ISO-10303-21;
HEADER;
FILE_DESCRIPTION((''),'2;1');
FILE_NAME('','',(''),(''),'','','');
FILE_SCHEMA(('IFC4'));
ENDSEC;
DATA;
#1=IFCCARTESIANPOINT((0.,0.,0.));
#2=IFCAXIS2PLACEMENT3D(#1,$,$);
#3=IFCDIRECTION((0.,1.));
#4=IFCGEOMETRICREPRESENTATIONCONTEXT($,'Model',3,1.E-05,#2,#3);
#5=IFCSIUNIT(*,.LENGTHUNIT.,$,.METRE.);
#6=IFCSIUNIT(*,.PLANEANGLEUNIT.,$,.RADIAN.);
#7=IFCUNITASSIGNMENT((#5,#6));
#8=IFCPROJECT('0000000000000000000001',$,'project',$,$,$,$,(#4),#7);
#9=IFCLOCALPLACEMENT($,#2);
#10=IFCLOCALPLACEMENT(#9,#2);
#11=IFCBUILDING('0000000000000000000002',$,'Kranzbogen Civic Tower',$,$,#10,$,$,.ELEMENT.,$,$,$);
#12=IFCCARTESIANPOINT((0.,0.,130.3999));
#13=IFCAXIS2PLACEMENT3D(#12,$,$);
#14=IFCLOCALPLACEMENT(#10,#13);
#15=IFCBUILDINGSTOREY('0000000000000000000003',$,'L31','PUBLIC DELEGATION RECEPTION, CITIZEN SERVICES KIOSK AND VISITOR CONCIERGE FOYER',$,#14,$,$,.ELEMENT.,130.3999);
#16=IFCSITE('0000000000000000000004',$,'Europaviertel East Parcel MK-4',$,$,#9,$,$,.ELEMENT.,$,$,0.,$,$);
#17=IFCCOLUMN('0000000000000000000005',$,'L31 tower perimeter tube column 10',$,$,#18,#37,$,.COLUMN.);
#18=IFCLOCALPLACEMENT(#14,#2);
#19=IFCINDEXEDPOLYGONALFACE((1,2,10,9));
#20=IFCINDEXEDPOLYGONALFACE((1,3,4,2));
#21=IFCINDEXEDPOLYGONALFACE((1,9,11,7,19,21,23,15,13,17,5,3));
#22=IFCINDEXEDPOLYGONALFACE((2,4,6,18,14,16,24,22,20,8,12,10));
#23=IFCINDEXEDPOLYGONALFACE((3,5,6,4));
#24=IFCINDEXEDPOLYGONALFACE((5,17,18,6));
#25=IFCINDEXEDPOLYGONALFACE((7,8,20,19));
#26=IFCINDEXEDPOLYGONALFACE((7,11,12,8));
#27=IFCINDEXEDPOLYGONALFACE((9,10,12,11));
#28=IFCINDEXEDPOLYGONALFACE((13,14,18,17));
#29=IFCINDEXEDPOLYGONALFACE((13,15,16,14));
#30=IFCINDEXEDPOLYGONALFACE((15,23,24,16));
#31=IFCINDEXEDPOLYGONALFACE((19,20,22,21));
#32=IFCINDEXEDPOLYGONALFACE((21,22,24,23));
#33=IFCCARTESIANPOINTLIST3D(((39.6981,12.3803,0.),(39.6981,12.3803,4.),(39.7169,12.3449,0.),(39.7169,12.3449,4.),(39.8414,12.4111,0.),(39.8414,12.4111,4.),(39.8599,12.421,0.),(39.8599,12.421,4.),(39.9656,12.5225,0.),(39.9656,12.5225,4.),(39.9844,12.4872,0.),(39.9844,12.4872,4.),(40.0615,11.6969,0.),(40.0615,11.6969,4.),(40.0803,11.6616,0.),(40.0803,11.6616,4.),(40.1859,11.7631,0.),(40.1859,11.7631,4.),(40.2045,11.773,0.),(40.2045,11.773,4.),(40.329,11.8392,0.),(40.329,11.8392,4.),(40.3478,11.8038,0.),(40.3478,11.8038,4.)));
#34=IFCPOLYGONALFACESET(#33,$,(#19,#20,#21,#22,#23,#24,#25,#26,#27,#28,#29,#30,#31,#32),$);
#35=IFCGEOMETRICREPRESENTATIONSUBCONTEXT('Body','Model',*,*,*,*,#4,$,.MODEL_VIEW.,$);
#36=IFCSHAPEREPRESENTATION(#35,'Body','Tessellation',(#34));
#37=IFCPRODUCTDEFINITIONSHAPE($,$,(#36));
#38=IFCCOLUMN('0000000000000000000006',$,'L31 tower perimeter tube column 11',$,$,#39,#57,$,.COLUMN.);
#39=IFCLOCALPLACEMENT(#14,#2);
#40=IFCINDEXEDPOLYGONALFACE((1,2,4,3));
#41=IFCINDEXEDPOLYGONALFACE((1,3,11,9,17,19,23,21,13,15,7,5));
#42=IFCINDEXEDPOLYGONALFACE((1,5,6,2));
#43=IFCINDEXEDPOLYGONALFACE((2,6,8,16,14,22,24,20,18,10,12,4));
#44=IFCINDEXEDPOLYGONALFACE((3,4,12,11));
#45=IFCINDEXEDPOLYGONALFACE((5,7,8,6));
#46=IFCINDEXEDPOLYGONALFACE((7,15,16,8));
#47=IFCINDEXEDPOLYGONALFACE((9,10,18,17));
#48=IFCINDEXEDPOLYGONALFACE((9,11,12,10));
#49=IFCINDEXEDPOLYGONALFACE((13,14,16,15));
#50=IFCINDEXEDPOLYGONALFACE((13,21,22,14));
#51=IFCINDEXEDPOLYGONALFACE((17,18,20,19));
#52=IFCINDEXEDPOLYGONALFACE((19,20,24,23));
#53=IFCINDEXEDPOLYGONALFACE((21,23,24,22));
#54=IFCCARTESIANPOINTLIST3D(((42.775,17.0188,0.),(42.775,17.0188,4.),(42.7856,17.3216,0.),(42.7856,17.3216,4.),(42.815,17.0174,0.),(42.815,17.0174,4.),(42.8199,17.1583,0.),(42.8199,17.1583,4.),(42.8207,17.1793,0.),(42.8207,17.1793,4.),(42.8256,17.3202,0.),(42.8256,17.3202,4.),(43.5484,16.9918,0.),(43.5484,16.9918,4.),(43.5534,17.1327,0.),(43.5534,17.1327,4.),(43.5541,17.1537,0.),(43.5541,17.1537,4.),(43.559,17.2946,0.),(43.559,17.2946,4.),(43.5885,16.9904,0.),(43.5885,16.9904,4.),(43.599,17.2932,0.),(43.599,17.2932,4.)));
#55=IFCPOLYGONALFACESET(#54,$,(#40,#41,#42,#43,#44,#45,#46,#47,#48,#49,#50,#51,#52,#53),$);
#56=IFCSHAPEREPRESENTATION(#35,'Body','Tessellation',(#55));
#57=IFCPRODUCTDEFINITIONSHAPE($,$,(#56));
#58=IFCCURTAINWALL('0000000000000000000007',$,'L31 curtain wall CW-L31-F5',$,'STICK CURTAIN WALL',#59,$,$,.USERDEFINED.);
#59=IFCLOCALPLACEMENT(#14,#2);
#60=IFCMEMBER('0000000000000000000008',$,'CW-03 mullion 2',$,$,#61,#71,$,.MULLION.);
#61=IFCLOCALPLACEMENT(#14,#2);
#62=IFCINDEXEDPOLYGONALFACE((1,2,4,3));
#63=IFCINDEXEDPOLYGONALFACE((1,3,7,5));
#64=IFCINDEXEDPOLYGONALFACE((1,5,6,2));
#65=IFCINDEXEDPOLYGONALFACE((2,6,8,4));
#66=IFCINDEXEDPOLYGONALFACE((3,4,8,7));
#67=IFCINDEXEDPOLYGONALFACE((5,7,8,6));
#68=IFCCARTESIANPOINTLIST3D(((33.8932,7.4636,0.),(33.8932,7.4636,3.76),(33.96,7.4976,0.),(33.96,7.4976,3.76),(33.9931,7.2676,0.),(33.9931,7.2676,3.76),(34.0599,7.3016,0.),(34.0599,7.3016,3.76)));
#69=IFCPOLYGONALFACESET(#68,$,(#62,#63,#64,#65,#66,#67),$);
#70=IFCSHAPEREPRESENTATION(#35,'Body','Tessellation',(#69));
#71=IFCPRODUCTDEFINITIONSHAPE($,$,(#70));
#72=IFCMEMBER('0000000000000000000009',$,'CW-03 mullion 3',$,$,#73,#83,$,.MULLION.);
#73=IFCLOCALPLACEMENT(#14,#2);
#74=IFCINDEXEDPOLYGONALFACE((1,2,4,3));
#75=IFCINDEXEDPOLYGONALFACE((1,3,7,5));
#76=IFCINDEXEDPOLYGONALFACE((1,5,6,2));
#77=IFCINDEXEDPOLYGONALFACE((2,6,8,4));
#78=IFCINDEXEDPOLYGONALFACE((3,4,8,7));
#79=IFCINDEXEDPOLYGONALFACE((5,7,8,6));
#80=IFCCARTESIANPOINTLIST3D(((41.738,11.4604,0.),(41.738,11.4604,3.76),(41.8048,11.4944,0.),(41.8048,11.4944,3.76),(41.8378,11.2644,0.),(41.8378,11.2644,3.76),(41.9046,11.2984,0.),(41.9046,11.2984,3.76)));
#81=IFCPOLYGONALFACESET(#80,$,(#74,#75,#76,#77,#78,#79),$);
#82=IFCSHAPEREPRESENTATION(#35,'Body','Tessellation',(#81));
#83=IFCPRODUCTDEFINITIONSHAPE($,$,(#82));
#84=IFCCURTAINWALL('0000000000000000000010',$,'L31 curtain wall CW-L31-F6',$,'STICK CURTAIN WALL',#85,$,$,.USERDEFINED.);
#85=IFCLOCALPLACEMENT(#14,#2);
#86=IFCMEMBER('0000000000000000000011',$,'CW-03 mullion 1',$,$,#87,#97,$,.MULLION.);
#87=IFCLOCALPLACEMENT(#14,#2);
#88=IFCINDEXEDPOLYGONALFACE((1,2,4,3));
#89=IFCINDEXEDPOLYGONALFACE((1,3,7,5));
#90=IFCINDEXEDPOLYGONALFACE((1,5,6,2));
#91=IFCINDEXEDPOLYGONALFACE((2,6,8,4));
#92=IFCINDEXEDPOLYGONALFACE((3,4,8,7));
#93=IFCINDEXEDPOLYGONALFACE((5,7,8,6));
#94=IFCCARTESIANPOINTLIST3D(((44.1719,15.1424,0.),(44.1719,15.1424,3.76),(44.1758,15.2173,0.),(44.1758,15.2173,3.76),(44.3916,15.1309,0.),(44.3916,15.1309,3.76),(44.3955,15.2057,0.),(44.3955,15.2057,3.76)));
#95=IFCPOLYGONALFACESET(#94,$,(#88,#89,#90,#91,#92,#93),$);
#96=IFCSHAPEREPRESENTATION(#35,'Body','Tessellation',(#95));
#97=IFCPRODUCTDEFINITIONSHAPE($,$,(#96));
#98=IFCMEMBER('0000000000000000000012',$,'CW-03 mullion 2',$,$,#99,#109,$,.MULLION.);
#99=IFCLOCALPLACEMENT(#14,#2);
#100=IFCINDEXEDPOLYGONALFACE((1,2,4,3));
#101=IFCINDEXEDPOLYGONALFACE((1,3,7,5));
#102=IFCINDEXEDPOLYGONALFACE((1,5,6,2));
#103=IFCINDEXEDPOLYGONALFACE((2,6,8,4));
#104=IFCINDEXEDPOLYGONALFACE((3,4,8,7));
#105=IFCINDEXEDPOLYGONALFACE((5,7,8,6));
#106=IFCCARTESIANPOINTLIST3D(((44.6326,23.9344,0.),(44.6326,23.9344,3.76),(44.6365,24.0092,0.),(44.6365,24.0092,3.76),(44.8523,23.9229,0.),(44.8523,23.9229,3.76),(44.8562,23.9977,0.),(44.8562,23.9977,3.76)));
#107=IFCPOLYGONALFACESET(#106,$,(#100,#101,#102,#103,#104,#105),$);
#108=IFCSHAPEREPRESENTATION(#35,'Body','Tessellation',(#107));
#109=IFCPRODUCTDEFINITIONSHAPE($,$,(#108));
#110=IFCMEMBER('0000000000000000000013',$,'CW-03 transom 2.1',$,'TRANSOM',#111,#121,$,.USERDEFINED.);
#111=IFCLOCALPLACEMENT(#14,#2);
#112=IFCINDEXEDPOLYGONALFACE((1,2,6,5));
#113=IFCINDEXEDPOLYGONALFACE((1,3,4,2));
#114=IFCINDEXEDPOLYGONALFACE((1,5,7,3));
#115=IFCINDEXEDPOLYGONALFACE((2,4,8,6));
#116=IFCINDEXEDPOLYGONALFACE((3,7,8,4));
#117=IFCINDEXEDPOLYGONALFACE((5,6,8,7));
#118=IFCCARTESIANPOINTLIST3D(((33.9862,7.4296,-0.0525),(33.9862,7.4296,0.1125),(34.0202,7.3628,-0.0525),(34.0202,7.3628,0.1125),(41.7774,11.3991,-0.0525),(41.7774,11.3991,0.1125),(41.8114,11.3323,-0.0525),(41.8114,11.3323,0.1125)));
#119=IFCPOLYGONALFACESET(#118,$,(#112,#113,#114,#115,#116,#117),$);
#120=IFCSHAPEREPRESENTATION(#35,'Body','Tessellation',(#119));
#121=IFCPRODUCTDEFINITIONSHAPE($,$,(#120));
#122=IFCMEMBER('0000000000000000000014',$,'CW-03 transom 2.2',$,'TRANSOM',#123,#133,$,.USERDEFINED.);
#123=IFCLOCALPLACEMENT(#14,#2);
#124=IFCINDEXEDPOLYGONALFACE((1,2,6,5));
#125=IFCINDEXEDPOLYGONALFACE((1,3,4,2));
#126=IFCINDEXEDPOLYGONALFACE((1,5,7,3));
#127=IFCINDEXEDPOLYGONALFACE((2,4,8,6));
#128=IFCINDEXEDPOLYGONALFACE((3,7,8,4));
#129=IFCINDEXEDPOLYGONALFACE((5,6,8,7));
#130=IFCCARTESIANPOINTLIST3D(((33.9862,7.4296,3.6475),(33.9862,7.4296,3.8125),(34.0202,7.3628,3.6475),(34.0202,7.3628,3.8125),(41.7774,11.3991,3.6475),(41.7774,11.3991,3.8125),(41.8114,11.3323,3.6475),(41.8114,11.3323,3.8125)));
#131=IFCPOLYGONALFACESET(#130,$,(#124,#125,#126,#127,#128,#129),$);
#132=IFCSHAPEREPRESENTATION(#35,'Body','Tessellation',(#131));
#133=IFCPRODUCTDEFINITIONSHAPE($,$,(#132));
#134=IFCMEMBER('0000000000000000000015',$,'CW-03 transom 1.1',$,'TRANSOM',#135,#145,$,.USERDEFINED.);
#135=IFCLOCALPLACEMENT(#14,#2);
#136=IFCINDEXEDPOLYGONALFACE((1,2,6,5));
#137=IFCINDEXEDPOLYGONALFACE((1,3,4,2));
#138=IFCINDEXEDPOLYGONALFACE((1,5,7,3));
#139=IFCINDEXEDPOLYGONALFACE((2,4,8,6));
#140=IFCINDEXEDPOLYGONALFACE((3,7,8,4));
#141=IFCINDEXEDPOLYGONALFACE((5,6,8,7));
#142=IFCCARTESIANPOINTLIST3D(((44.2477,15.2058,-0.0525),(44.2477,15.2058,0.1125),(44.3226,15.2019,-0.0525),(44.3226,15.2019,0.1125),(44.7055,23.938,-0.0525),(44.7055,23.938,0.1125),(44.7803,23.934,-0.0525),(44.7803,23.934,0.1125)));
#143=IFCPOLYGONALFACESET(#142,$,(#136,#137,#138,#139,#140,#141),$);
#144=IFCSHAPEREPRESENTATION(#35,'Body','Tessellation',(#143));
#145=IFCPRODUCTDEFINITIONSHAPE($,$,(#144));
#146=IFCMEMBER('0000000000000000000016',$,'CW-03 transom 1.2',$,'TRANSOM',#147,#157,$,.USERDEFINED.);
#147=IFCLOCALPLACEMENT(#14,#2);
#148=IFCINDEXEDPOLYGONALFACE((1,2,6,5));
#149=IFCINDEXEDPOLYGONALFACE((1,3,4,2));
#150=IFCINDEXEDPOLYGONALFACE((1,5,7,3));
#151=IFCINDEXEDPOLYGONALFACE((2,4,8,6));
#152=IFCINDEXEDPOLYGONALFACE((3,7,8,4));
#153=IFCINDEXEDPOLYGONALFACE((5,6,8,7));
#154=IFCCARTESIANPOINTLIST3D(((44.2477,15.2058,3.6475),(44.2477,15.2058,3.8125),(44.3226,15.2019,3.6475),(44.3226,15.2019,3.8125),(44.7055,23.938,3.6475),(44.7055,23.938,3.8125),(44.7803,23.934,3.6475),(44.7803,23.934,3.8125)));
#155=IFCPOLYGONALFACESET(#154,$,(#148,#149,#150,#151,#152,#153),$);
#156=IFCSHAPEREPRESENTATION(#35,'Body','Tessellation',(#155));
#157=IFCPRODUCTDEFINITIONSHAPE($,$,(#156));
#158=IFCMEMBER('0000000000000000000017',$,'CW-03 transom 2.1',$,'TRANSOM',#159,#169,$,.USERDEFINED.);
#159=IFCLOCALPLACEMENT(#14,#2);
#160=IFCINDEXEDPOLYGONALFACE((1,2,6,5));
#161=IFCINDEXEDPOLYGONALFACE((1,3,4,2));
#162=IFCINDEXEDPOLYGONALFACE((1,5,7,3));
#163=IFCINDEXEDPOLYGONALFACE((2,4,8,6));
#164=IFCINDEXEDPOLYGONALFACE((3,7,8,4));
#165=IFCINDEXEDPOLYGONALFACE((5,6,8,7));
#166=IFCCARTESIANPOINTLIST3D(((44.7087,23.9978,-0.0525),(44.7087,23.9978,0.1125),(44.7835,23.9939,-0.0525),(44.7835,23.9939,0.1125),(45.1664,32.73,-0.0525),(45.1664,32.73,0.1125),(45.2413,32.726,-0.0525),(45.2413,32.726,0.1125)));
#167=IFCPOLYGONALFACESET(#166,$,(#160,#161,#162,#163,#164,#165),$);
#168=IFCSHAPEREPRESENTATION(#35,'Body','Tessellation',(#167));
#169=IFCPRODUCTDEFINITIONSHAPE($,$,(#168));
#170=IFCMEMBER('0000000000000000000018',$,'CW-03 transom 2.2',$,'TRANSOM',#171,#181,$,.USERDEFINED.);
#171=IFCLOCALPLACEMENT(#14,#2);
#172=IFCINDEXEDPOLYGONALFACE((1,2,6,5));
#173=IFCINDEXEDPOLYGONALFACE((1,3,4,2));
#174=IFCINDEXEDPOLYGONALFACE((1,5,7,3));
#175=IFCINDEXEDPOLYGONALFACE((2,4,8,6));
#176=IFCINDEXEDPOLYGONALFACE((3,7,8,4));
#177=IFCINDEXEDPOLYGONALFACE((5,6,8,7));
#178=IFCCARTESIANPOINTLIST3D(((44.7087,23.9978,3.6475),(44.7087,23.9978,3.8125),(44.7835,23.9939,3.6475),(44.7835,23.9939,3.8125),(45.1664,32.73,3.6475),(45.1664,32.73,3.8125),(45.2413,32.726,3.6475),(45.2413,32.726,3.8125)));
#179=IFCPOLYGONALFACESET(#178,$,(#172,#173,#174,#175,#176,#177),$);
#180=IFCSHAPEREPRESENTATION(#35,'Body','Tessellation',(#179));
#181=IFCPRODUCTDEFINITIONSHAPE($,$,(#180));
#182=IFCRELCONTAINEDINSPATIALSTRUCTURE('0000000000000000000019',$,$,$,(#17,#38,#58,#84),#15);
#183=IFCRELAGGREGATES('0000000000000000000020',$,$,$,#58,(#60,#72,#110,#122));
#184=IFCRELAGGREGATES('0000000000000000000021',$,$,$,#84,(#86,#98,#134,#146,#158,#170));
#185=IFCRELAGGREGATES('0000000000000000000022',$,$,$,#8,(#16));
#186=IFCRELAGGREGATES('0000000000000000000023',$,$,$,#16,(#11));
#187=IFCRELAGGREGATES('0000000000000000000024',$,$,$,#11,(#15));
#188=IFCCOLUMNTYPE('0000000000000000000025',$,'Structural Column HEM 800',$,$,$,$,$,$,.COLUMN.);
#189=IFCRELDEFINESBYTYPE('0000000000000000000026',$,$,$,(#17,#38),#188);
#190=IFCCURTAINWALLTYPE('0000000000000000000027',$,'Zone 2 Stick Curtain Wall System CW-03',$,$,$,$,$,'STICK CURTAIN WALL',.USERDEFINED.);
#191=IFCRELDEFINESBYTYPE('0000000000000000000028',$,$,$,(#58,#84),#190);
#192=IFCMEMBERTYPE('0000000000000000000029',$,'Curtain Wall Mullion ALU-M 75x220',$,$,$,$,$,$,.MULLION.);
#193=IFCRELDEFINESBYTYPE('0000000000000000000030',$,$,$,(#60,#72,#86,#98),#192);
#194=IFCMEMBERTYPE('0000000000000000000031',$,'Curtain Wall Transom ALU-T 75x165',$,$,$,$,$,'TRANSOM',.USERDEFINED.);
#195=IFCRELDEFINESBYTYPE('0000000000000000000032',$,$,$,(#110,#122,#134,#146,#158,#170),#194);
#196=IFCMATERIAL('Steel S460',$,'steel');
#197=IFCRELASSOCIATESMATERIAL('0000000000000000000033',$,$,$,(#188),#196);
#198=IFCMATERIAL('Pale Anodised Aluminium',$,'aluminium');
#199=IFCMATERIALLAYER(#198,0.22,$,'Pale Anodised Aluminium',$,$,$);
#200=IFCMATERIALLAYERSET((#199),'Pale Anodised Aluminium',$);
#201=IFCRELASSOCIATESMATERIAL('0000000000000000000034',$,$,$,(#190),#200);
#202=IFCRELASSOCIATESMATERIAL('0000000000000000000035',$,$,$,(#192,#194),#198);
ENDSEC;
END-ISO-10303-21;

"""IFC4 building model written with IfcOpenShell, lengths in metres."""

from ifc_helpers import new_model, si_unit, direction, frame, origin, origin_2d, place, context, subcontext, project, spatial, rectangle, i_section, extrude, material, layer, layer_set, material_profile, profile_set, type_object, element, aggregate, save


model = new_model("IFC4")

# Units and contexts
model_context = context("Model", 3, precision=1e-05, world=origin(), true_north=direction((0.0, 1.0)))
body_context = subcontext(model_context, "Body", "Model", "MODEL_VIEW")
ifc_project = project(units=[si_unit("LENGTHUNIT", "METRE"), si_unit("PLANEANGLEUNIT", "RADIAN")], contexts=[model_context])

# Site, building, storey
site_placement = place(None, origin())
site = spatial("IfcSite", under=ifc_project, at=site_placement, Name="Europaviertel East Parcel MK-4", CompositionType="ELEMENT", RefElevation=0.0)
building_placement = place(site_placement, origin())
building = spatial("IfcBuilding", under=site, at=building_placement, Name="Kranzbogen Civic Tower", CompositionType="ELEMENT")
storey_placement = place(building_placement, frame((0.0, 0.0, 130.3999)))
storey = spatial("IfcBuildingStorey", under=building, at=storey_placement, Name="L31", Description="PUBLIC DELEGATION RECEPTION, CITIZEN SERVICES KIOSK AND VISITOR CONCIERGE FOYER", CompositionType="ELEMENT", Elevation=130.3999)

# Columns
ifc_material_1 = material(Name="Steel S460", Category="steel")
ifc_material_profile_1 = material_profile(ifc_material_1, i_section(OverallWidth=0.303, OverallDepth=0.814, WebThickness=0.021, FlangeThickness=0.04, at=origin_2d()), Name="HEM 800")
ifc_profile_set_1 = profile_set([ifc_material_profile_1], Name="Steel S460")
column_type = type_object("IfcColumnType", Name="Structural Column HEM 800", PredefinedType="COLUMN", material=ifc_profile_set_1)
for number, where, z_axis, x_axis, name in (
    (1, (40.0229, 12.092, 0.0), (0.0, 0.0, 1.0), (0.882948, 0.469472, 0.0), "L31 tower perimeter tube column 10"),
    (2, (43.187, 17.156, 0.0), (0.0, 0.0, 1.0), (0.034899, 0.999391, 0.0), "L31 tower perimeter tube column 11"),
):
    element("IfcColumn", number, at=place(storey_placement, frame(where, z_axis=z_axis, x_axis=x_axis)), inside=storey, type_object=column_type, Name=name, PredefinedType="COLUMN", context=body_context, shape_type="SweptSolid", body=[
        extrude(i_section(OverallWidth=0.303, OverallDepth=0.814, WebThickness=0.021, FlangeThickness=0.04, at=origin_2d()), origin(), (0.0, 0.0, 1.0), 4.0),
    ])

# Curtain walls, members
ifc_material_2 = material(Name="Pale Anodised Aluminium", Category="aluminium")
ifc_layer_1 = layer(ifc_material_2, 0.22, Name="Pale Anodised Aluminium")
ifc_layer_set_1 = layer_set([ifc_layer_1], Name="Pale Anodised Aluminium")
curtain_wall_type = type_object("IfcCurtainWallType", Name="Zone 2 Stick Curtain Wall System CW-03", ElementType="STICK CURTAIN WALL", PredefinedType="USERDEFINED", material=ifc_layer_set_1)
curtain_wall_1_placement = place(storey_placement, origin())
curtain_wall_1 = element("IfcCurtainWall", 3, at=curtain_wall_1_placement, inside=storey, type_object=curtain_wall_type, Name="L31 curtain wall CW-L31-F5", ObjectType="STICK CURTAIN WALL", PredefinedType="USERDEFINED")
ifc_material_profile_2 = material_profile(ifc_material_2, rectangle(XDim=0.075, YDim=0.22, at=origin_2d()), Name="ALU-M 75x220")
ifc_profile_set_2 = profile_set([ifc_material_profile_2], Name="Pale Anodised Aluminium")
member_type_1 = type_object("IfcMemberType", Name="Curtain Wall Mullion ALU-M 75x220", PredefinedType="MULLION", material=ifc_profile_set_2)
member_1_placement = place(storey_placement, frame((33.9766, 7.3826, 0.0), z_axis=(0.0, 0.0, 1.0), x_axis=(0.891017, 0.45397, 0.0)))
member_1 = element("IfcMember", 4, at=member_1_placement, type_object=member_type_1, Name="CW-03 mullion 2", PredefinedType="MULLION", context=body_context, shape_type="SweptSolid", body=[
    extrude(rectangle(XDim=0.075, YDim=0.22, at=origin_2d()), origin(), (0.0, 0.0, 1.0), 3.76),
])
member_2_placement = place(storey_placement, frame((41.8213, 11.3794, 0.0), z_axis=(0.0, 0.0, 1.0), x_axis=(0.891017, 0.45397, 0.0)))
member_2 = element("IfcMember", 5, at=member_2_placement, type_object=member_type_1, Name="CW-03 mullion 3", PredefinedType="MULLION", context=body_context, shape_type="SweptSolid", body=[
    extrude(rectangle(XDim=0.075, YDim=0.22, at=origin_2d()), origin(), (0.0, 0.0, 1.0), 3.76),
])
curtain_wall_2_placement = place(storey_placement, origin())
curtain_wall_2 = element("IfcCurtainWall", 6, at=curtain_wall_2_placement, inside=storey, type_object=curtain_wall_type, Name="L31 curtain wall CW-L31-F6", ObjectType="STICK CURTAIN WALL", PredefinedType="USERDEFINED")
member_3_placement = place(storey_placement, frame((44.2837, 15.1741, 0.0), z_axis=(0.0, 0.0, 1.0), x_axis=(0.052354, 0.998629, 0.0)))
member_3 = element("IfcMember", 7, at=member_3_placement, type_object=member_type_1, Name="CW-03 mullion 1", PredefinedType="MULLION", context=body_context, shape_type="SweptSolid", body=[
    extrude(rectangle(XDim=0.075, YDim=0.22, at=origin_2d()), origin(), (0.0, 0.0, 1.0), 3.76),
])
member_4_placement = place(storey_placement, frame((44.7444, 23.9661, 0.0), z_axis=(0.0, 0.0, 1.0), x_axis=(0.052354, 0.998629, 0.0)))
member_4 = element("IfcMember", 8, at=member_4_placement, type_object=member_type_1, Name="CW-03 mullion 2", PredefinedType="MULLION", context=body_context, shape_type="SweptSolid", body=[
    extrude(rectangle(XDim=0.075, YDim=0.22, at=origin_2d()), origin(), (0.0, 0.0, 1.0), 3.76),
])

# Members
ifc_material_profile_3 = material_profile(ifc_material_2, rectangle(XDim=0.075, YDim=0.165, at=origin_2d()), Name="ALU-T 75x165")
ifc_profile_set_3 = profile_set([ifc_material_profile_3], Name="Pale Anodised Aluminium")
member_type_2 = type_object("IfcMemberType", Name="Curtain Wall Transom ALU-T 75x165", ElementType="TRANSOM", PredefinedType="USERDEFINED", material=ifc_profile_set_3)
member_5_placement = place(storey_placement, frame((34.0032, 7.3962, 0.03), z_axis=(0.891023, 0.453958, 0.0), x_axis=(-0.453958, 0.891023, 0.0)))
member_5 = element("IfcMember", 9, at=member_5_placement, type_object=member_type_2, Name="CW-03 transom 2.1", ObjectType="TRANSOM", PredefinedType="USERDEFINED", context=body_context, shape_type="SweptSolid", body=[
    extrude(rectangle(XDim=0.075, YDim=0.165, at=origin_2d()), origin(), (0.0, 0.0, 1.0), 8.7441),
])
member_6_placement = place(storey_placement, frame((34.0032, 7.3962, 3.73), z_axis=(0.891023, 0.453958, 0.0), x_axis=(-0.453958, 0.891023, 0.0)))
member_6 = element("IfcMember", 10, at=member_6_placement, type_object=member_type_2, Name="CW-03 transom 2.2", ObjectType="TRANSOM", PredefinedType="USERDEFINED", context=body_context, shape_type="SweptSolid", body=[
    extrude(rectangle(XDim=0.075, YDim=0.165, at=origin_2d()), origin(), (0.0, 0.0, 1.0), 8.7441),
])
member_7_placement = place(storey_placement, frame((44.2852, 15.2039, 0.03), z_axis=(0.052351, 0.998629, 0.0), x_axis=(-0.998629, 0.052351, 0.0)))
member_7 = element("IfcMember", 11, at=member_7_placement, type_object=member_type_2, Name="CW-03 transom 1.1", ObjectType="TRANSOM", PredefinedType="USERDEFINED", context=body_context, shape_type="SweptSolid", body=[
    extrude(rectangle(XDim=0.075, YDim=0.165, at=origin_2d()), origin(), (0.0, 0.0, 1.0), 8.7441),
])
member_8_placement = place(storey_placement, frame((44.2852, 15.2039, 3.73), z_axis=(0.052351, 0.998629, 0.0), x_axis=(-0.998629, 0.052351, 0.0)))
member_8 = element("IfcMember", 12, at=member_8_placement, type_object=member_type_2, Name="CW-03 transom 1.2", ObjectType="TRANSOM", PredefinedType="USERDEFINED", context=body_context, shape_type="SweptSolid", body=[
    extrude(rectangle(XDim=0.075, YDim=0.165, at=origin_2d()), origin(), (0.0, 0.0, 1.0), 8.7441),
])
member_9_placement = place(storey_placement, frame((44.7461, 23.9958, 0.03), z_axis=(0.052351, 0.998629, 0.0), x_axis=(-0.998629, 0.052351, 0.0)))
member_9 = element("IfcMember", 13, at=member_9_placement, type_object=member_type_2, Name="CW-03 transom 2.1", ObjectType="TRANSOM", PredefinedType="USERDEFINED", context=body_context, shape_type="SweptSolid", body=[
    extrude(rectangle(XDim=0.075, YDim=0.165, at=origin_2d()), origin(), (0.0, 0.0, 1.0), 8.7441),
])
member_10_placement = place(storey_placement, frame((44.7461, 23.9958, 3.73), z_axis=(0.052351, 0.998629, 0.0), x_axis=(-0.998629, 0.052351, 0.0)))
member_10 = element("IfcMember", 14, at=member_10_placement, type_object=member_type_2, Name="CW-03 transom 2.2", ObjectType="TRANSOM", PredefinedType="USERDEFINED", context=body_context, shape_type="SweptSolid", body=[
    extrude(rectangle(XDim=0.075, YDim=0.165, at=origin_2d()), origin(), (0.0, 0.0, 1.0), 8.7441),
])

aggregate(curtain_wall_1, [member_1, member_2, member_5, member_6])
aggregate(curtain_wall_2, [member_3, member_4, member_7, member_8, member_9, member_10])

save(model, "model.ifc")
